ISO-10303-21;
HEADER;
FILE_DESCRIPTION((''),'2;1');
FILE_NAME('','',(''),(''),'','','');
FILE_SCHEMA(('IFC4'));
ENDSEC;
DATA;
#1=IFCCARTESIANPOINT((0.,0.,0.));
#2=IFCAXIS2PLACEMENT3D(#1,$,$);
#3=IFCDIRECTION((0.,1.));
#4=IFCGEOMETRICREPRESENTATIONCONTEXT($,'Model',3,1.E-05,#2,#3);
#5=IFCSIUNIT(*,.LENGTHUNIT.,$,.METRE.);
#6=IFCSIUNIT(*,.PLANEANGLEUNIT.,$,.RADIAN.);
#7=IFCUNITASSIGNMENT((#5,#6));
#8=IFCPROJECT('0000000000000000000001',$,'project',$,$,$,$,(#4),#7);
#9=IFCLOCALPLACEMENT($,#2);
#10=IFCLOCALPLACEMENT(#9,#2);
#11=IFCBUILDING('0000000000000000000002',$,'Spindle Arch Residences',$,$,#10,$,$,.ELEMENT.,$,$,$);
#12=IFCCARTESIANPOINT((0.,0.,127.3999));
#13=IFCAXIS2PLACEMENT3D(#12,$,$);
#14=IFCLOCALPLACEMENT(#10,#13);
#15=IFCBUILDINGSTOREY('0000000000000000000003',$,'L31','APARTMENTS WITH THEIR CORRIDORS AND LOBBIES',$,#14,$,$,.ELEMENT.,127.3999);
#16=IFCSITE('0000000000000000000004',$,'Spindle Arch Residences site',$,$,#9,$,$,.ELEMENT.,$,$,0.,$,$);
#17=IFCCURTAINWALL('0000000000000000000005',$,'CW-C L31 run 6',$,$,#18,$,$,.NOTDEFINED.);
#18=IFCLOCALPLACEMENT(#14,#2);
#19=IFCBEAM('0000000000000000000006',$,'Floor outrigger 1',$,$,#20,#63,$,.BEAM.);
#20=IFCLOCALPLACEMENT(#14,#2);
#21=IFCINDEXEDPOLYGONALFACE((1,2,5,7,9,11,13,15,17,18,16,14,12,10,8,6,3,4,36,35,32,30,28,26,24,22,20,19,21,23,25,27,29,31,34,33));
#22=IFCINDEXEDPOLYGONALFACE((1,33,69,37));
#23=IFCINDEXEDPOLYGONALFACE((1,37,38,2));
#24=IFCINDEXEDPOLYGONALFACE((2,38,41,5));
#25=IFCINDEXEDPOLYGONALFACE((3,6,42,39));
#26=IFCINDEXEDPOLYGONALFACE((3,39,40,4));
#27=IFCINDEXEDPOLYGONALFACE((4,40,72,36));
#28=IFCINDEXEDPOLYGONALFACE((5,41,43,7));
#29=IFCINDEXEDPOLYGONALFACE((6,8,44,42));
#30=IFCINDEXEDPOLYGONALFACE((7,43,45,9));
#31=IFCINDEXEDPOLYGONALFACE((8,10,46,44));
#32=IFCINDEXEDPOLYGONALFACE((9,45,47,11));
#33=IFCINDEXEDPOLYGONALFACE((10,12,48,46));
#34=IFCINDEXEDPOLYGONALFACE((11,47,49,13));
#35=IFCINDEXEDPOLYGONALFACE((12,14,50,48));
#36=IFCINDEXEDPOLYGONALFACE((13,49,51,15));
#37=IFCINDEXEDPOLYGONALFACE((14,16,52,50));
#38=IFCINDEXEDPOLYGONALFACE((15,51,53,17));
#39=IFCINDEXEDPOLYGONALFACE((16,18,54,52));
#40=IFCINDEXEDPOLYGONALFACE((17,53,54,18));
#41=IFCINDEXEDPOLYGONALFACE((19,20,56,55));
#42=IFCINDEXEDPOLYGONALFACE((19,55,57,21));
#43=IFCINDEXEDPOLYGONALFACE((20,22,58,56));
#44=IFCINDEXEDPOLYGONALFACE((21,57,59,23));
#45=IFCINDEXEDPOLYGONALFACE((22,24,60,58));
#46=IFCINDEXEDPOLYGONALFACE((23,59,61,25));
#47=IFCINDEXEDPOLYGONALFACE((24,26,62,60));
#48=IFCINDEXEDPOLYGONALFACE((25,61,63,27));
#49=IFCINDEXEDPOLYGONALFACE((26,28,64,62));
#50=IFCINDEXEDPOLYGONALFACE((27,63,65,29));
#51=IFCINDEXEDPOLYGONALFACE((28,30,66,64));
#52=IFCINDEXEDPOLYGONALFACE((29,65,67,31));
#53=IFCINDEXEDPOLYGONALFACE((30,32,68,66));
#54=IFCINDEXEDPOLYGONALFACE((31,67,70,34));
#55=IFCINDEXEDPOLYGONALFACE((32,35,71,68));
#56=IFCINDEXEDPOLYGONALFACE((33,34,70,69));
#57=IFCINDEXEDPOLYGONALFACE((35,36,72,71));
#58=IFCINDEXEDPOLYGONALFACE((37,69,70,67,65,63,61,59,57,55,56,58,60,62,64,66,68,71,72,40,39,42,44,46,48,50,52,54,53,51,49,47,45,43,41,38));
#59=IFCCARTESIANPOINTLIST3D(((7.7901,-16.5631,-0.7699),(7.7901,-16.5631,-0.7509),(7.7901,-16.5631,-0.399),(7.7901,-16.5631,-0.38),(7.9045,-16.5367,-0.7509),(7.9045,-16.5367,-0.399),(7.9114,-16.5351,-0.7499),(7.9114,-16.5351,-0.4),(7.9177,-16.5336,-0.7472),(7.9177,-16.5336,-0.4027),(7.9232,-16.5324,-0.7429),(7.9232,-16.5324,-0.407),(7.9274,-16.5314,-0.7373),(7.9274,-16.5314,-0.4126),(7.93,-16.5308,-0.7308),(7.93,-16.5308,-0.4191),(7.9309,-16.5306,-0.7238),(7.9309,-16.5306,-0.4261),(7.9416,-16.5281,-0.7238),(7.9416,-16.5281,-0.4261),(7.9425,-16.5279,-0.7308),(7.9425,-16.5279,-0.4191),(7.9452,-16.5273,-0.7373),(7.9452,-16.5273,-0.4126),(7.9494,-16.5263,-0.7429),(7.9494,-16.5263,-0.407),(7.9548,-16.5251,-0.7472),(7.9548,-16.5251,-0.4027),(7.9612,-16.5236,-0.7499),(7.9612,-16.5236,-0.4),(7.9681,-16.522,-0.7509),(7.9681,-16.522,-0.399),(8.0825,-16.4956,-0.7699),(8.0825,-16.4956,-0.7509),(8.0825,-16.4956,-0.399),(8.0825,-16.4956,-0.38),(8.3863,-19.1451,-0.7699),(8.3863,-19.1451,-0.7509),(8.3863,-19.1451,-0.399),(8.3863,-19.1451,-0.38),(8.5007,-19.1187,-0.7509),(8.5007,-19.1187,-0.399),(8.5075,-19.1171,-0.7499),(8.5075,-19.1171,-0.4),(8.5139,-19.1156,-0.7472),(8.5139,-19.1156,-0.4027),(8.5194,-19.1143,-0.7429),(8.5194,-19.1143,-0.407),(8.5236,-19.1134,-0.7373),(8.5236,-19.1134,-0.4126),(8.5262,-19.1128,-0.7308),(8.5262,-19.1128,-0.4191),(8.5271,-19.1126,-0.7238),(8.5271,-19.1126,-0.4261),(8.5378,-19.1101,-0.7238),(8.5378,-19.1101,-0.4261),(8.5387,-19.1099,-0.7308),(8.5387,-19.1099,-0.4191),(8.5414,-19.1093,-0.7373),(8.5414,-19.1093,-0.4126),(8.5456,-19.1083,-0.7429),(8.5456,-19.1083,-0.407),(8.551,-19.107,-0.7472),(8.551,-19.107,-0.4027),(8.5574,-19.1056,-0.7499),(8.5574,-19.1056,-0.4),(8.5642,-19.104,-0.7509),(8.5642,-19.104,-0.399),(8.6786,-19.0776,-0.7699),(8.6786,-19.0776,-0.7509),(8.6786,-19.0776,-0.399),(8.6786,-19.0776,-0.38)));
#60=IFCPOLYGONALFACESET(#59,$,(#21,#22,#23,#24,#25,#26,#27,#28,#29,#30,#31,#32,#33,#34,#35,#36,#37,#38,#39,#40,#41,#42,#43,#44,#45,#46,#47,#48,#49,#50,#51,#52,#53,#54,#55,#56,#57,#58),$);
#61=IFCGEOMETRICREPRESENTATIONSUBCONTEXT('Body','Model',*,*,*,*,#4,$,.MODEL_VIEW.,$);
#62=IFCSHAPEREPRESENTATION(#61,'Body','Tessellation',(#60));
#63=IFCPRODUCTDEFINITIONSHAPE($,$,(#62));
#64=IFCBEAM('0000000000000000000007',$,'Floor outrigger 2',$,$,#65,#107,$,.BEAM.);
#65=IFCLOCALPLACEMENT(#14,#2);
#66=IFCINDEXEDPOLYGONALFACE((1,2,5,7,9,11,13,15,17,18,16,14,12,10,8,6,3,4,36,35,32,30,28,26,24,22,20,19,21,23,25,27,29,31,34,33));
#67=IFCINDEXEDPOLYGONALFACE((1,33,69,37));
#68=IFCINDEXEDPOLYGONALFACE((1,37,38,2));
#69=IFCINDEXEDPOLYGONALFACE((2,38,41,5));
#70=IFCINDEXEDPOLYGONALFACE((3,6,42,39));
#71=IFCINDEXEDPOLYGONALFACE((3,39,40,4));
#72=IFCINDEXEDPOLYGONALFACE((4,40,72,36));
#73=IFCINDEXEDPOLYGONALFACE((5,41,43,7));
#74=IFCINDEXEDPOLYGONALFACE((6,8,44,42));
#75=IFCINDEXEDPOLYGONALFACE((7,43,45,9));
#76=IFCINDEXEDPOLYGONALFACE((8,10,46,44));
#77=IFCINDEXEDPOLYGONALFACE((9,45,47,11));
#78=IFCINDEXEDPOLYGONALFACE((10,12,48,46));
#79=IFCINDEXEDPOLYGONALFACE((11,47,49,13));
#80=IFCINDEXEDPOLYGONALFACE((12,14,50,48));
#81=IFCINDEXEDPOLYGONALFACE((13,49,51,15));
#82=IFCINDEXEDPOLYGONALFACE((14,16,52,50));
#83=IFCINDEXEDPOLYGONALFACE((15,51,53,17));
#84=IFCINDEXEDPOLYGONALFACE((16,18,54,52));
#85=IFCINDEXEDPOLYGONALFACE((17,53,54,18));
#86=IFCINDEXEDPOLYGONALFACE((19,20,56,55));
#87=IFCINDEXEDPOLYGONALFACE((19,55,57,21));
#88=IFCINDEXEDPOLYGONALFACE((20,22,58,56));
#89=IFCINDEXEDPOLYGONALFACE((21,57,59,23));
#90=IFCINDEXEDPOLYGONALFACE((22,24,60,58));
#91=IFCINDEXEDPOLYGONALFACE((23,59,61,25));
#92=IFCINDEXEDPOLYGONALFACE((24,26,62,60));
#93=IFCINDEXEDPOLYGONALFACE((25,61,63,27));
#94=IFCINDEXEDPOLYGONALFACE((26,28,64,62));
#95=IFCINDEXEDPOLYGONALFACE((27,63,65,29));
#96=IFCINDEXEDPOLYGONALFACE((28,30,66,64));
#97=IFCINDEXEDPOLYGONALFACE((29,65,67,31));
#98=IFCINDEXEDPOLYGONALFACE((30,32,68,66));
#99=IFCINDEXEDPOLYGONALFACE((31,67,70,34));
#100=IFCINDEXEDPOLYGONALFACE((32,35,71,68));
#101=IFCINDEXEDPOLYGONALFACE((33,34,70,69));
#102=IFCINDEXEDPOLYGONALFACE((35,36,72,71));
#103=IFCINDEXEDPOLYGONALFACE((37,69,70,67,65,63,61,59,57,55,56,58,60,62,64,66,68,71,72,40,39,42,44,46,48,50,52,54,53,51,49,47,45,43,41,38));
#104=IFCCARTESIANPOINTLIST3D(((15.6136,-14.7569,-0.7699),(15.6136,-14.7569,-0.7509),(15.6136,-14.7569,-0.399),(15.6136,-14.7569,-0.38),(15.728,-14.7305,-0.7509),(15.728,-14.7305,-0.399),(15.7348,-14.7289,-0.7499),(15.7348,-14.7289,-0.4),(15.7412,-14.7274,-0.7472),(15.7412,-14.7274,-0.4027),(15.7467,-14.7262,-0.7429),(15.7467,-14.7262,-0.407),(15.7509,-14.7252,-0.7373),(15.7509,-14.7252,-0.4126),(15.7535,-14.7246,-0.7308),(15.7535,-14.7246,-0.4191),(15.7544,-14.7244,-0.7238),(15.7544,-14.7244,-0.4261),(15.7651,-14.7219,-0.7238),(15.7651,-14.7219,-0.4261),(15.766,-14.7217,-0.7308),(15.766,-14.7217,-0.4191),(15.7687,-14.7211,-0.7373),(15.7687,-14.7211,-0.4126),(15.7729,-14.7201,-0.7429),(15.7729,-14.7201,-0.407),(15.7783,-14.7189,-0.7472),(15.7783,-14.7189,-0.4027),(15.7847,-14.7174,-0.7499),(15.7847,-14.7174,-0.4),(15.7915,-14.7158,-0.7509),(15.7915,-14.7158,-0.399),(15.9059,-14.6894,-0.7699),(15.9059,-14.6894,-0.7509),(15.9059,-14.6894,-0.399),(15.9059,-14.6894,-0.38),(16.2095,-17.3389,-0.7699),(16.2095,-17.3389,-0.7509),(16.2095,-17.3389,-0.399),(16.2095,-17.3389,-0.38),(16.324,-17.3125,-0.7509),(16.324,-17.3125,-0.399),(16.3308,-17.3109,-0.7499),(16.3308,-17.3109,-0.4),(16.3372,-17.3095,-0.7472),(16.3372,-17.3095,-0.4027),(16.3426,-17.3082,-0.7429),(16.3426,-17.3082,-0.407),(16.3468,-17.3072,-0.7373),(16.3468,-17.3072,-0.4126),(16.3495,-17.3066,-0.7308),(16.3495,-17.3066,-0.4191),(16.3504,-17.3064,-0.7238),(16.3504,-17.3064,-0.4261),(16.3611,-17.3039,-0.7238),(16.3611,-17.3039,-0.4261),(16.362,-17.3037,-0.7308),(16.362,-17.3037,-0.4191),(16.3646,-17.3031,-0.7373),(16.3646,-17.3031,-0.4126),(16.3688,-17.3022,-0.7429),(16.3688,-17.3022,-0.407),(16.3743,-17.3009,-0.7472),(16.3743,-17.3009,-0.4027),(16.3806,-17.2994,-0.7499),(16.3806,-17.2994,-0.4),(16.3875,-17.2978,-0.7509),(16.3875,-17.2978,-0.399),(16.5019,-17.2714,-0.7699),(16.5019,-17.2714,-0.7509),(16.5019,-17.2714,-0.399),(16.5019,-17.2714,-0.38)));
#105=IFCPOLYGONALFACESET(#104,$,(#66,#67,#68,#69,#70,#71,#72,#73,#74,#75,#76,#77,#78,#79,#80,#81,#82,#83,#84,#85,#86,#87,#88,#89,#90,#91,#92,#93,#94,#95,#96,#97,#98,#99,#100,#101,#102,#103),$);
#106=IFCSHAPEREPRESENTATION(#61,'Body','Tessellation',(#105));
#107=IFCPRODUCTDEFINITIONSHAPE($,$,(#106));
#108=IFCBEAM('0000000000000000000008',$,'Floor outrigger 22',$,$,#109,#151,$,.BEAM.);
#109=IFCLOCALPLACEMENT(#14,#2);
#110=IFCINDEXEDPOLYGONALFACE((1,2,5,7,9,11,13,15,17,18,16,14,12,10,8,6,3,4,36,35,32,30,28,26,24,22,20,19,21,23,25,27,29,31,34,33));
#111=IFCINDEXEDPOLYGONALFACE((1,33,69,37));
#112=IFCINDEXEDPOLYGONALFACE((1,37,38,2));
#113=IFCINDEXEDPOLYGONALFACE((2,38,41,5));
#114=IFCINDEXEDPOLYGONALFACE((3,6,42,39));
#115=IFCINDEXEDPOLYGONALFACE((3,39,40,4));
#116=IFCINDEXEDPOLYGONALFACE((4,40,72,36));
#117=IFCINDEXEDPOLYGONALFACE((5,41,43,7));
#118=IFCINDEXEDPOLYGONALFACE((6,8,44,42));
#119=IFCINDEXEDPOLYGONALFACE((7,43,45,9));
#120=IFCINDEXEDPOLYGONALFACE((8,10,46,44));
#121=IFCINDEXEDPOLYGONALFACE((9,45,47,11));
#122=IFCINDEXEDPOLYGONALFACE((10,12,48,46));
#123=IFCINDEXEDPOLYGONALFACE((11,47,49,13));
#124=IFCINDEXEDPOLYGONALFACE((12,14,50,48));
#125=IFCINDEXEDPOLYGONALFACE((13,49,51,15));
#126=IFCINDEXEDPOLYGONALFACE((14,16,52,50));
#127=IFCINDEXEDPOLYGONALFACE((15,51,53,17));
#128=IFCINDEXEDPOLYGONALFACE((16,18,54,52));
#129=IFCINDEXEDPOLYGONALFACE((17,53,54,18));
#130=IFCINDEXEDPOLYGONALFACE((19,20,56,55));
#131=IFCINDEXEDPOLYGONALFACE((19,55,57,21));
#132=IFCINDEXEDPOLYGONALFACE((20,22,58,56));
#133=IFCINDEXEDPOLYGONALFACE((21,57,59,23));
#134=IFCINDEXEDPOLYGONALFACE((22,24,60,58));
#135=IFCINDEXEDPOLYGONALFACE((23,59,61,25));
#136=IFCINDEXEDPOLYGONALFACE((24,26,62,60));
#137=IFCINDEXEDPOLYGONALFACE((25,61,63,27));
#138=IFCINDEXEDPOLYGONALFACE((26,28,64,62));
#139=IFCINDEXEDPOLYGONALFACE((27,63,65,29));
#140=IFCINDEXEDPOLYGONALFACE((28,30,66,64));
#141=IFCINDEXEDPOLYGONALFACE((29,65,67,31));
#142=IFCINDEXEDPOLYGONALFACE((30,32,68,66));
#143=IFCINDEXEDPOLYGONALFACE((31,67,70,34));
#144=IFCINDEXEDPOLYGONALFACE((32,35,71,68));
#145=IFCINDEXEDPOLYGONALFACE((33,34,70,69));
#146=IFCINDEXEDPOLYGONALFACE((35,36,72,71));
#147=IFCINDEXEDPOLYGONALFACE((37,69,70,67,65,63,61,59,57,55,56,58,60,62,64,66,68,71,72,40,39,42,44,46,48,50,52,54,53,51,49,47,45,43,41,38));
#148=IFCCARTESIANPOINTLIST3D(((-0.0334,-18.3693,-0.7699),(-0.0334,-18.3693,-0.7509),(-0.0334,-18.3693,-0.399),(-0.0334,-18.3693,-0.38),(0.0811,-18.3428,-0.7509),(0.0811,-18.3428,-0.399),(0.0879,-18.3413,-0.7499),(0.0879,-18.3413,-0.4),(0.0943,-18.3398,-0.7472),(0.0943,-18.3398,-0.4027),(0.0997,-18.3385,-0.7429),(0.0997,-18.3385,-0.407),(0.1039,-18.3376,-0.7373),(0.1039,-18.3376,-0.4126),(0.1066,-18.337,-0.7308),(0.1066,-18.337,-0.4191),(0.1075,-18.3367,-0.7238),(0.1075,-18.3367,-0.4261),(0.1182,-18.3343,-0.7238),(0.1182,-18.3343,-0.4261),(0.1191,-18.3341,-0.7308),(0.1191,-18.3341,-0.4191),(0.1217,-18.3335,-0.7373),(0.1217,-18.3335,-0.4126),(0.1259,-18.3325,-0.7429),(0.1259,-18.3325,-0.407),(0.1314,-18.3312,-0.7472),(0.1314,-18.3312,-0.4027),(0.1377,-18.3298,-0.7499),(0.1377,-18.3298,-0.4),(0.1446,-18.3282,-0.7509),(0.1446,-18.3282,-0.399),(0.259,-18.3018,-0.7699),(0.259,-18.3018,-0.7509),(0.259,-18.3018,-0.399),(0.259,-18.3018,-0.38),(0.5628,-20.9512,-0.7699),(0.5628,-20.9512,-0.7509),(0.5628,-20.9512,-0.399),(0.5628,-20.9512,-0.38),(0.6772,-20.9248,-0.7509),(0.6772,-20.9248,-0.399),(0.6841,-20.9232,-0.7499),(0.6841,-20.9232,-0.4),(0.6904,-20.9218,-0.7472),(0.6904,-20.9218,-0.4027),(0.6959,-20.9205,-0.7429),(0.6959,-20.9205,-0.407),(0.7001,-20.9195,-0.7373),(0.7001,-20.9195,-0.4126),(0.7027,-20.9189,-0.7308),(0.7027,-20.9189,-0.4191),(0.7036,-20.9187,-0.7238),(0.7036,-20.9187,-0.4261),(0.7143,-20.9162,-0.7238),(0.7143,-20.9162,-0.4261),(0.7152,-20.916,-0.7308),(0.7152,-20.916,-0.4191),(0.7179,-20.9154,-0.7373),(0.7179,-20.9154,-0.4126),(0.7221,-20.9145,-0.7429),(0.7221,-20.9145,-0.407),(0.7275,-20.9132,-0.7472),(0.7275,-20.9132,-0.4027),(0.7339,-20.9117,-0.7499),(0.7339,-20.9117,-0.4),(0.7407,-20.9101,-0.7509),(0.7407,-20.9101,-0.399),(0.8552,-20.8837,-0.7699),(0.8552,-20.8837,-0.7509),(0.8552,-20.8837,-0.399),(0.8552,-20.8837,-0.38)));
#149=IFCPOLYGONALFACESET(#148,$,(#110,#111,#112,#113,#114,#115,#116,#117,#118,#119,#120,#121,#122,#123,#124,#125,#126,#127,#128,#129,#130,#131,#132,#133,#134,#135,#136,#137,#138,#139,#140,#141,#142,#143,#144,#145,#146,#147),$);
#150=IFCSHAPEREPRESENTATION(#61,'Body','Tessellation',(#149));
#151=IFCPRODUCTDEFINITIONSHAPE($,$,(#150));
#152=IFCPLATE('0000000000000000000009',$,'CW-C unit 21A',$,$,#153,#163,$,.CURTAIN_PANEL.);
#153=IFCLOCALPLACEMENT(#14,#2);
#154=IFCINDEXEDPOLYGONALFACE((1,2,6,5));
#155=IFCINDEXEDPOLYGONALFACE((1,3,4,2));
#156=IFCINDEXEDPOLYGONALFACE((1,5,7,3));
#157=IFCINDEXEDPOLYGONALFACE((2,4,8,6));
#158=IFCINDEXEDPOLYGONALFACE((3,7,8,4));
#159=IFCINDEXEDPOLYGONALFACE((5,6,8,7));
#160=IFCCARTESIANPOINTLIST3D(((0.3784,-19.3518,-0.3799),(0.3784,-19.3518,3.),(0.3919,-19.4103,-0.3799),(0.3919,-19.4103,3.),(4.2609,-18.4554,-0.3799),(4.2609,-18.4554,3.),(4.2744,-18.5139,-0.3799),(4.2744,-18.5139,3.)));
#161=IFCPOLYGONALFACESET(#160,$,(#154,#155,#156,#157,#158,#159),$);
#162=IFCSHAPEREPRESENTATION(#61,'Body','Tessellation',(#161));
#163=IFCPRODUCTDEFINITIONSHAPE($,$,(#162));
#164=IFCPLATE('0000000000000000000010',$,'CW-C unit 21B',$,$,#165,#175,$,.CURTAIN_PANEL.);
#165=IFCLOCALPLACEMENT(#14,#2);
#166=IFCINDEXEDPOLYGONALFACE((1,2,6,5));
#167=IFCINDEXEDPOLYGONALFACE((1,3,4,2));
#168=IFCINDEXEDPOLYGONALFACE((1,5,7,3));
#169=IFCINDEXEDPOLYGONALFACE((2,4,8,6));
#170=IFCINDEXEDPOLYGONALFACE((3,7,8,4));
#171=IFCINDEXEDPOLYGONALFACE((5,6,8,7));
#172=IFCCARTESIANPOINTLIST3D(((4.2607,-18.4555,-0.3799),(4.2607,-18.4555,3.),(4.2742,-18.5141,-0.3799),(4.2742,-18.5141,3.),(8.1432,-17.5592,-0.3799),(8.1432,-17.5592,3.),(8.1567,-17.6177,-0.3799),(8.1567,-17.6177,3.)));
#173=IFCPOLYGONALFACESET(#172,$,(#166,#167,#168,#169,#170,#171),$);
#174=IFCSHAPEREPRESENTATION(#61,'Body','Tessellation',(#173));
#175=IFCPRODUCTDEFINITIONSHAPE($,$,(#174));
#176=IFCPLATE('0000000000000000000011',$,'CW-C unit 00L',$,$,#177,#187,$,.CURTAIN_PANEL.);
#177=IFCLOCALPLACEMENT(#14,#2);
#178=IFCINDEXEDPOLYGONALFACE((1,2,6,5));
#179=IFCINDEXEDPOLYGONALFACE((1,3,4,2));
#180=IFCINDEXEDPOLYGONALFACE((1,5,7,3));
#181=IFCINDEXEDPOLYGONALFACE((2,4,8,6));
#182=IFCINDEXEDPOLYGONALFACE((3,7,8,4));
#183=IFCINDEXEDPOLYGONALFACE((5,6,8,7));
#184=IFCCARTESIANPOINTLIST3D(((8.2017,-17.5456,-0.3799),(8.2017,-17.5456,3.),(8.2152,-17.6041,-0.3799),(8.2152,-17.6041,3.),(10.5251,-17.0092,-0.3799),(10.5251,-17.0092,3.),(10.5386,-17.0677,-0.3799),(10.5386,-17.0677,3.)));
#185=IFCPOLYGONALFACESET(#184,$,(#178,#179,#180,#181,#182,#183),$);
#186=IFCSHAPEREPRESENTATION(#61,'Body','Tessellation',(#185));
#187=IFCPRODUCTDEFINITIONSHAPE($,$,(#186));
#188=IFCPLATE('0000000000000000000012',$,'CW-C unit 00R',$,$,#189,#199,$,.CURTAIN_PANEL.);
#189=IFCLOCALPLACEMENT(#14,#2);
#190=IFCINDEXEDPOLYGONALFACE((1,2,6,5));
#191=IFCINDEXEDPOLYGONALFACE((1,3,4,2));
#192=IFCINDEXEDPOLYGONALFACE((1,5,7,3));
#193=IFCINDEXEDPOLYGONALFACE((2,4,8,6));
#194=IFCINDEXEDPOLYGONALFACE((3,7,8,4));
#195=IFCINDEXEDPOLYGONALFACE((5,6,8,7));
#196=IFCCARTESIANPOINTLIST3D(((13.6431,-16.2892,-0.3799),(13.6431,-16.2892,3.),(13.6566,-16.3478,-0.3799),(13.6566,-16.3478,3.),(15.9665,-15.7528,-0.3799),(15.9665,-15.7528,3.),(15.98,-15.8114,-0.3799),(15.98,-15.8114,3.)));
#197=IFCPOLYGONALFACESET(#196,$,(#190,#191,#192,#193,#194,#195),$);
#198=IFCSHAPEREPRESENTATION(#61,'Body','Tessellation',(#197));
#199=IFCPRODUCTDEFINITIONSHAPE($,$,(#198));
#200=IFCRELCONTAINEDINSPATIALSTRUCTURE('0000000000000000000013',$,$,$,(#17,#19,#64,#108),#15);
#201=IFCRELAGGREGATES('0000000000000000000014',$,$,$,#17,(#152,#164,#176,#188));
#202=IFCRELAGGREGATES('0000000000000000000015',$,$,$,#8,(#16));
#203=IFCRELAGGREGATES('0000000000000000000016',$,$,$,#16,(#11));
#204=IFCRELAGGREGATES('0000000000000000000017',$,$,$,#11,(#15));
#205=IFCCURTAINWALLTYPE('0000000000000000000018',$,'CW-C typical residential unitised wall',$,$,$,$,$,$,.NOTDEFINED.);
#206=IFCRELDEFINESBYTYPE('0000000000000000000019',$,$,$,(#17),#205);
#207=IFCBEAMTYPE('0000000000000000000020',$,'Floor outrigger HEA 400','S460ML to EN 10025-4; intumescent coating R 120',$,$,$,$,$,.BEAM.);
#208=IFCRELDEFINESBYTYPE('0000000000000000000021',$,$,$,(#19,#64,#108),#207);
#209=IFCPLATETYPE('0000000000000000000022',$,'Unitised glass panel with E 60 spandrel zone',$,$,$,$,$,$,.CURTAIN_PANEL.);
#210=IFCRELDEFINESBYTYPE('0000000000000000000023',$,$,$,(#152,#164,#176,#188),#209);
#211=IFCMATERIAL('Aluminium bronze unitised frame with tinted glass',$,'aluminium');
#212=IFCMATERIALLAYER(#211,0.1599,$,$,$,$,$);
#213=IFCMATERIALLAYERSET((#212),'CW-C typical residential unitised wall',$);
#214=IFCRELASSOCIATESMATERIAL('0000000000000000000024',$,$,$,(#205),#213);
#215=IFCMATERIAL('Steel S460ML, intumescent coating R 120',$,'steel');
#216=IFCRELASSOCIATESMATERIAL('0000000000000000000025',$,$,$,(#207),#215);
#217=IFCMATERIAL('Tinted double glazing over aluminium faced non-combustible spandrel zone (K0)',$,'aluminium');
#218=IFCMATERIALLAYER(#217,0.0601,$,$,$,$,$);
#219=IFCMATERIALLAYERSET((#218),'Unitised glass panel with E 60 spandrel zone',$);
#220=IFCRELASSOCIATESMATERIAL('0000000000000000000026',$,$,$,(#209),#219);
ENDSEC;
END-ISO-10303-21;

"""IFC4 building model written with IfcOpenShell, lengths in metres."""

from ifc_helpers import new_model, si_unit, direction, frame, origin, origin_2d, place, context, subcontext, project, spatial, rectangle, i_section, extrude, material, layer, layer_set, material_profile, profile_set, type_object, element, aggregate, save


model = new_model("IFC4")

# Units and contexts
model_context = context("Model", 3, precision=1e-05, world=origin(), true_north=direction((0.0, 1.0)))
body_context = subcontext(model_context, "Body", "Model", "MODEL_VIEW")
ifc_project = project(units=[si_unit("LENGTHUNIT", "METRE"), si_unit("PLANEANGLEUNIT", "RADIAN")], contexts=[model_context])

# Site, building, storey
site_placement = place(None, origin())
site = spatial("IfcSite", under=ifc_project, at=site_placement, Name="Spindle Arch Residences site", CompositionType="ELEMENT", RefElevation=0.0)
building_placement = place(site_placement, origin())
building = spatial("IfcBuilding", under=site, at=building_placement, Name="Spindle Arch Residences", CompositionType="ELEMENT")
storey_placement = place(building_placement, frame((0.0, 0.0, 127.3999)))
storey = spatial("IfcBuildingStorey", under=building, at=storey_placement, Name="L31", Description="APARTMENTS WITH THEIR CORRIDORS AND LOBBIES", CompositionType="ELEMENT", Elevation=127.3999)

# Curtain wall
ifc_material_1 = material(Name="Aluminium bronze unitised frame with tinted glass", Category="aluminium")
ifc_layer_1 = layer(ifc_material_1, 0.1599)
ifc_layer_set_1 = layer_set([ifc_layer_1], Name="CW-C typical residential unitised wall")
curtain_wall_type_1 = type_object("IfcCurtainWallType", Name="CW-C typical residential unitised wall", PredefinedType="NOTDEFINED", material=ifc_layer_set_1)
curtain_wall_1_placement = place(storey_placement, origin())
curtain_wall_1 = element("IfcCurtainWall", 1, at=curtain_wall_1_placement, inside=storey, type_object=curtain_wall_type_1, Name="CW-C L31 run 6", PredefinedType="NOTDEFINED")

# Beams
ifc_material_2 = material(Name="Steel S460ML, intumescent coating R 120", Category="steel")
ifc_material_profile_1 = material_profile(ifc_material_2, i_section(OverallWidth=0.3, OverallDepth=0.3899, WebThickness=0.011, FlangeThickness=0.019, FilletRadius=0.0271, at=origin_2d()), Name="HEA 400")
ifc_profile_set_1 = profile_set([ifc_material_profile_1], Name="Steel S460ML, intumescent coating R 120")
beam_type_1 = type_object("IfcBeamType", Name="Floor outrigger HEA 400", Description="S460ML to EN 10025-4; intumescent coating R 120", PredefinedType="BEAM", material=ifc_profile_set_1)
for number, where, z_axis, x_axis, name in (
    (2, (8.5325, -19.1113, -0.575), (-0.224981, 0.974363, 0.0), (-0.974363, -0.224981, 0.0), "Floor outrigger 1"),
    (3, (16.3557, -17.3052, -0.575), (-0.224893, 0.974383, 0.0), (-0.974383, -0.224893, 0.0), "Floor outrigger 2"),
    (4, (0.709, -20.9175, -0.575), (-0.224981, 0.974363, 0.0), (-0.974363, -0.224981, 0.0), "Floor outrigger 22"),
):
    element("IfcBeam", number, at=place(storey_placement, frame(where, z_axis=z_axis, x_axis=x_axis)), inside=storey, type_object=beam_type_1, Name=name, PredefinedType="BEAM", context=body_context, shape_type="SweptSolid", body=[
        extrude(i_section(OverallWidth=0.3, OverallDepth=0.3899, WebThickness=0.011, FlangeThickness=0.019, FilletRadius=0.0271, at=origin_2d()), origin(), (0.0, 0.0, 1.0), 2.6499),
    ])

# Plates
ifc_material_3 = material(Name="Tinted double glazing over aluminium faced non-combustible spandrel zone (K0)", Category="aluminium")
ifc_layer_2 = layer(ifc_material_3, 0.0601)
ifc_layer_set_2 = layer_set([ifc_layer_2], Name="Unitised glass panel with E 60 spandrel zone")
plate_type = type_object("IfcPlateType", Name="Unitised glass panel with E 60 spandrel zone", PredefinedType="CURTAIN_PANEL", material=ifc_layer_set_2)
plate_1_placement = place(storey_placement, frame((2.3264, -18.9329, -0.3799), z_axis=(0.0, 0.0, 1.0), x_axis=(0.97437, 0.224951, 0.0)))
plate_1 = element("IfcPlate", 5, at=plate_1_placement, type_object=plate_type, Name="CW-C unit 21A", PredefinedType="CURTAIN_PANEL", context=body_context, shape_type="SweptSolid", body=[
    extrude(rectangle(XDim=3.9846, YDim=0.0601, at=origin_2d()), origin(), (0.0, 0.0, 1.0), 3.3799),
])
plate_2_placement = place(storey_placement, frame((6.2087, -18.0366, -0.3799), z_axis=(0.0, 0.0, 1.0), x_axis=(0.97437, 0.224951, 0.0)))
plate_2 = element("IfcPlate", 6, at=plate_2_placement, type_object=plate_type, Name="CW-C unit 21B", PredefinedType="CURTAIN_PANEL", context=body_context, shape_type="SweptSolid", body=[
    extrude(rectangle(XDim=3.9846, YDim=0.0601, at=origin_2d()), origin(), (0.0, 0.0, 1.0), 3.3799),
])
plate_3_placement = place(storey_placement, frame((9.3701, -17.3066, -0.3799), z_axis=(0.0, 0.0, 1.0), x_axis=(0.97437, 0.224951, 0.0)))
plate_3 = element("IfcPlate", 7, at=plate_3_placement, type_object=plate_type, Name="CW-C unit 00L", PredefinedType="CURTAIN_PANEL", context=body_context, shape_type="SweptSolid", body=[
    extrude(rectangle(XDim=2.3845, YDim=0.0601, at=origin_2d()), origin(), (0.0, 0.0, 1.0), 3.3799),
])
plate_4_placement = place(storey_placement, frame((14.8115, -16.0503, -0.3799), z_axis=(0.0, 0.0, 1.0), x_axis=(0.97437, 0.224951, 0.0)))
plate_4 = element("IfcPlate", 8, at=plate_4_placement, type_object=plate_type, Name="CW-C unit 00R", PredefinedType="CURTAIN_PANEL", context=body_context, shape_type="SweptSolid", body=[
    extrude(rectangle(XDim=2.3845, YDim=0.0601, at=origin_2d()), origin(), (0.0, 0.0, 1.0), 3.3799),
])
aggregate(curtain_wall_1, [plate_1, plate_2, plate_3, plate_4])

save(model, "model.ifc")
